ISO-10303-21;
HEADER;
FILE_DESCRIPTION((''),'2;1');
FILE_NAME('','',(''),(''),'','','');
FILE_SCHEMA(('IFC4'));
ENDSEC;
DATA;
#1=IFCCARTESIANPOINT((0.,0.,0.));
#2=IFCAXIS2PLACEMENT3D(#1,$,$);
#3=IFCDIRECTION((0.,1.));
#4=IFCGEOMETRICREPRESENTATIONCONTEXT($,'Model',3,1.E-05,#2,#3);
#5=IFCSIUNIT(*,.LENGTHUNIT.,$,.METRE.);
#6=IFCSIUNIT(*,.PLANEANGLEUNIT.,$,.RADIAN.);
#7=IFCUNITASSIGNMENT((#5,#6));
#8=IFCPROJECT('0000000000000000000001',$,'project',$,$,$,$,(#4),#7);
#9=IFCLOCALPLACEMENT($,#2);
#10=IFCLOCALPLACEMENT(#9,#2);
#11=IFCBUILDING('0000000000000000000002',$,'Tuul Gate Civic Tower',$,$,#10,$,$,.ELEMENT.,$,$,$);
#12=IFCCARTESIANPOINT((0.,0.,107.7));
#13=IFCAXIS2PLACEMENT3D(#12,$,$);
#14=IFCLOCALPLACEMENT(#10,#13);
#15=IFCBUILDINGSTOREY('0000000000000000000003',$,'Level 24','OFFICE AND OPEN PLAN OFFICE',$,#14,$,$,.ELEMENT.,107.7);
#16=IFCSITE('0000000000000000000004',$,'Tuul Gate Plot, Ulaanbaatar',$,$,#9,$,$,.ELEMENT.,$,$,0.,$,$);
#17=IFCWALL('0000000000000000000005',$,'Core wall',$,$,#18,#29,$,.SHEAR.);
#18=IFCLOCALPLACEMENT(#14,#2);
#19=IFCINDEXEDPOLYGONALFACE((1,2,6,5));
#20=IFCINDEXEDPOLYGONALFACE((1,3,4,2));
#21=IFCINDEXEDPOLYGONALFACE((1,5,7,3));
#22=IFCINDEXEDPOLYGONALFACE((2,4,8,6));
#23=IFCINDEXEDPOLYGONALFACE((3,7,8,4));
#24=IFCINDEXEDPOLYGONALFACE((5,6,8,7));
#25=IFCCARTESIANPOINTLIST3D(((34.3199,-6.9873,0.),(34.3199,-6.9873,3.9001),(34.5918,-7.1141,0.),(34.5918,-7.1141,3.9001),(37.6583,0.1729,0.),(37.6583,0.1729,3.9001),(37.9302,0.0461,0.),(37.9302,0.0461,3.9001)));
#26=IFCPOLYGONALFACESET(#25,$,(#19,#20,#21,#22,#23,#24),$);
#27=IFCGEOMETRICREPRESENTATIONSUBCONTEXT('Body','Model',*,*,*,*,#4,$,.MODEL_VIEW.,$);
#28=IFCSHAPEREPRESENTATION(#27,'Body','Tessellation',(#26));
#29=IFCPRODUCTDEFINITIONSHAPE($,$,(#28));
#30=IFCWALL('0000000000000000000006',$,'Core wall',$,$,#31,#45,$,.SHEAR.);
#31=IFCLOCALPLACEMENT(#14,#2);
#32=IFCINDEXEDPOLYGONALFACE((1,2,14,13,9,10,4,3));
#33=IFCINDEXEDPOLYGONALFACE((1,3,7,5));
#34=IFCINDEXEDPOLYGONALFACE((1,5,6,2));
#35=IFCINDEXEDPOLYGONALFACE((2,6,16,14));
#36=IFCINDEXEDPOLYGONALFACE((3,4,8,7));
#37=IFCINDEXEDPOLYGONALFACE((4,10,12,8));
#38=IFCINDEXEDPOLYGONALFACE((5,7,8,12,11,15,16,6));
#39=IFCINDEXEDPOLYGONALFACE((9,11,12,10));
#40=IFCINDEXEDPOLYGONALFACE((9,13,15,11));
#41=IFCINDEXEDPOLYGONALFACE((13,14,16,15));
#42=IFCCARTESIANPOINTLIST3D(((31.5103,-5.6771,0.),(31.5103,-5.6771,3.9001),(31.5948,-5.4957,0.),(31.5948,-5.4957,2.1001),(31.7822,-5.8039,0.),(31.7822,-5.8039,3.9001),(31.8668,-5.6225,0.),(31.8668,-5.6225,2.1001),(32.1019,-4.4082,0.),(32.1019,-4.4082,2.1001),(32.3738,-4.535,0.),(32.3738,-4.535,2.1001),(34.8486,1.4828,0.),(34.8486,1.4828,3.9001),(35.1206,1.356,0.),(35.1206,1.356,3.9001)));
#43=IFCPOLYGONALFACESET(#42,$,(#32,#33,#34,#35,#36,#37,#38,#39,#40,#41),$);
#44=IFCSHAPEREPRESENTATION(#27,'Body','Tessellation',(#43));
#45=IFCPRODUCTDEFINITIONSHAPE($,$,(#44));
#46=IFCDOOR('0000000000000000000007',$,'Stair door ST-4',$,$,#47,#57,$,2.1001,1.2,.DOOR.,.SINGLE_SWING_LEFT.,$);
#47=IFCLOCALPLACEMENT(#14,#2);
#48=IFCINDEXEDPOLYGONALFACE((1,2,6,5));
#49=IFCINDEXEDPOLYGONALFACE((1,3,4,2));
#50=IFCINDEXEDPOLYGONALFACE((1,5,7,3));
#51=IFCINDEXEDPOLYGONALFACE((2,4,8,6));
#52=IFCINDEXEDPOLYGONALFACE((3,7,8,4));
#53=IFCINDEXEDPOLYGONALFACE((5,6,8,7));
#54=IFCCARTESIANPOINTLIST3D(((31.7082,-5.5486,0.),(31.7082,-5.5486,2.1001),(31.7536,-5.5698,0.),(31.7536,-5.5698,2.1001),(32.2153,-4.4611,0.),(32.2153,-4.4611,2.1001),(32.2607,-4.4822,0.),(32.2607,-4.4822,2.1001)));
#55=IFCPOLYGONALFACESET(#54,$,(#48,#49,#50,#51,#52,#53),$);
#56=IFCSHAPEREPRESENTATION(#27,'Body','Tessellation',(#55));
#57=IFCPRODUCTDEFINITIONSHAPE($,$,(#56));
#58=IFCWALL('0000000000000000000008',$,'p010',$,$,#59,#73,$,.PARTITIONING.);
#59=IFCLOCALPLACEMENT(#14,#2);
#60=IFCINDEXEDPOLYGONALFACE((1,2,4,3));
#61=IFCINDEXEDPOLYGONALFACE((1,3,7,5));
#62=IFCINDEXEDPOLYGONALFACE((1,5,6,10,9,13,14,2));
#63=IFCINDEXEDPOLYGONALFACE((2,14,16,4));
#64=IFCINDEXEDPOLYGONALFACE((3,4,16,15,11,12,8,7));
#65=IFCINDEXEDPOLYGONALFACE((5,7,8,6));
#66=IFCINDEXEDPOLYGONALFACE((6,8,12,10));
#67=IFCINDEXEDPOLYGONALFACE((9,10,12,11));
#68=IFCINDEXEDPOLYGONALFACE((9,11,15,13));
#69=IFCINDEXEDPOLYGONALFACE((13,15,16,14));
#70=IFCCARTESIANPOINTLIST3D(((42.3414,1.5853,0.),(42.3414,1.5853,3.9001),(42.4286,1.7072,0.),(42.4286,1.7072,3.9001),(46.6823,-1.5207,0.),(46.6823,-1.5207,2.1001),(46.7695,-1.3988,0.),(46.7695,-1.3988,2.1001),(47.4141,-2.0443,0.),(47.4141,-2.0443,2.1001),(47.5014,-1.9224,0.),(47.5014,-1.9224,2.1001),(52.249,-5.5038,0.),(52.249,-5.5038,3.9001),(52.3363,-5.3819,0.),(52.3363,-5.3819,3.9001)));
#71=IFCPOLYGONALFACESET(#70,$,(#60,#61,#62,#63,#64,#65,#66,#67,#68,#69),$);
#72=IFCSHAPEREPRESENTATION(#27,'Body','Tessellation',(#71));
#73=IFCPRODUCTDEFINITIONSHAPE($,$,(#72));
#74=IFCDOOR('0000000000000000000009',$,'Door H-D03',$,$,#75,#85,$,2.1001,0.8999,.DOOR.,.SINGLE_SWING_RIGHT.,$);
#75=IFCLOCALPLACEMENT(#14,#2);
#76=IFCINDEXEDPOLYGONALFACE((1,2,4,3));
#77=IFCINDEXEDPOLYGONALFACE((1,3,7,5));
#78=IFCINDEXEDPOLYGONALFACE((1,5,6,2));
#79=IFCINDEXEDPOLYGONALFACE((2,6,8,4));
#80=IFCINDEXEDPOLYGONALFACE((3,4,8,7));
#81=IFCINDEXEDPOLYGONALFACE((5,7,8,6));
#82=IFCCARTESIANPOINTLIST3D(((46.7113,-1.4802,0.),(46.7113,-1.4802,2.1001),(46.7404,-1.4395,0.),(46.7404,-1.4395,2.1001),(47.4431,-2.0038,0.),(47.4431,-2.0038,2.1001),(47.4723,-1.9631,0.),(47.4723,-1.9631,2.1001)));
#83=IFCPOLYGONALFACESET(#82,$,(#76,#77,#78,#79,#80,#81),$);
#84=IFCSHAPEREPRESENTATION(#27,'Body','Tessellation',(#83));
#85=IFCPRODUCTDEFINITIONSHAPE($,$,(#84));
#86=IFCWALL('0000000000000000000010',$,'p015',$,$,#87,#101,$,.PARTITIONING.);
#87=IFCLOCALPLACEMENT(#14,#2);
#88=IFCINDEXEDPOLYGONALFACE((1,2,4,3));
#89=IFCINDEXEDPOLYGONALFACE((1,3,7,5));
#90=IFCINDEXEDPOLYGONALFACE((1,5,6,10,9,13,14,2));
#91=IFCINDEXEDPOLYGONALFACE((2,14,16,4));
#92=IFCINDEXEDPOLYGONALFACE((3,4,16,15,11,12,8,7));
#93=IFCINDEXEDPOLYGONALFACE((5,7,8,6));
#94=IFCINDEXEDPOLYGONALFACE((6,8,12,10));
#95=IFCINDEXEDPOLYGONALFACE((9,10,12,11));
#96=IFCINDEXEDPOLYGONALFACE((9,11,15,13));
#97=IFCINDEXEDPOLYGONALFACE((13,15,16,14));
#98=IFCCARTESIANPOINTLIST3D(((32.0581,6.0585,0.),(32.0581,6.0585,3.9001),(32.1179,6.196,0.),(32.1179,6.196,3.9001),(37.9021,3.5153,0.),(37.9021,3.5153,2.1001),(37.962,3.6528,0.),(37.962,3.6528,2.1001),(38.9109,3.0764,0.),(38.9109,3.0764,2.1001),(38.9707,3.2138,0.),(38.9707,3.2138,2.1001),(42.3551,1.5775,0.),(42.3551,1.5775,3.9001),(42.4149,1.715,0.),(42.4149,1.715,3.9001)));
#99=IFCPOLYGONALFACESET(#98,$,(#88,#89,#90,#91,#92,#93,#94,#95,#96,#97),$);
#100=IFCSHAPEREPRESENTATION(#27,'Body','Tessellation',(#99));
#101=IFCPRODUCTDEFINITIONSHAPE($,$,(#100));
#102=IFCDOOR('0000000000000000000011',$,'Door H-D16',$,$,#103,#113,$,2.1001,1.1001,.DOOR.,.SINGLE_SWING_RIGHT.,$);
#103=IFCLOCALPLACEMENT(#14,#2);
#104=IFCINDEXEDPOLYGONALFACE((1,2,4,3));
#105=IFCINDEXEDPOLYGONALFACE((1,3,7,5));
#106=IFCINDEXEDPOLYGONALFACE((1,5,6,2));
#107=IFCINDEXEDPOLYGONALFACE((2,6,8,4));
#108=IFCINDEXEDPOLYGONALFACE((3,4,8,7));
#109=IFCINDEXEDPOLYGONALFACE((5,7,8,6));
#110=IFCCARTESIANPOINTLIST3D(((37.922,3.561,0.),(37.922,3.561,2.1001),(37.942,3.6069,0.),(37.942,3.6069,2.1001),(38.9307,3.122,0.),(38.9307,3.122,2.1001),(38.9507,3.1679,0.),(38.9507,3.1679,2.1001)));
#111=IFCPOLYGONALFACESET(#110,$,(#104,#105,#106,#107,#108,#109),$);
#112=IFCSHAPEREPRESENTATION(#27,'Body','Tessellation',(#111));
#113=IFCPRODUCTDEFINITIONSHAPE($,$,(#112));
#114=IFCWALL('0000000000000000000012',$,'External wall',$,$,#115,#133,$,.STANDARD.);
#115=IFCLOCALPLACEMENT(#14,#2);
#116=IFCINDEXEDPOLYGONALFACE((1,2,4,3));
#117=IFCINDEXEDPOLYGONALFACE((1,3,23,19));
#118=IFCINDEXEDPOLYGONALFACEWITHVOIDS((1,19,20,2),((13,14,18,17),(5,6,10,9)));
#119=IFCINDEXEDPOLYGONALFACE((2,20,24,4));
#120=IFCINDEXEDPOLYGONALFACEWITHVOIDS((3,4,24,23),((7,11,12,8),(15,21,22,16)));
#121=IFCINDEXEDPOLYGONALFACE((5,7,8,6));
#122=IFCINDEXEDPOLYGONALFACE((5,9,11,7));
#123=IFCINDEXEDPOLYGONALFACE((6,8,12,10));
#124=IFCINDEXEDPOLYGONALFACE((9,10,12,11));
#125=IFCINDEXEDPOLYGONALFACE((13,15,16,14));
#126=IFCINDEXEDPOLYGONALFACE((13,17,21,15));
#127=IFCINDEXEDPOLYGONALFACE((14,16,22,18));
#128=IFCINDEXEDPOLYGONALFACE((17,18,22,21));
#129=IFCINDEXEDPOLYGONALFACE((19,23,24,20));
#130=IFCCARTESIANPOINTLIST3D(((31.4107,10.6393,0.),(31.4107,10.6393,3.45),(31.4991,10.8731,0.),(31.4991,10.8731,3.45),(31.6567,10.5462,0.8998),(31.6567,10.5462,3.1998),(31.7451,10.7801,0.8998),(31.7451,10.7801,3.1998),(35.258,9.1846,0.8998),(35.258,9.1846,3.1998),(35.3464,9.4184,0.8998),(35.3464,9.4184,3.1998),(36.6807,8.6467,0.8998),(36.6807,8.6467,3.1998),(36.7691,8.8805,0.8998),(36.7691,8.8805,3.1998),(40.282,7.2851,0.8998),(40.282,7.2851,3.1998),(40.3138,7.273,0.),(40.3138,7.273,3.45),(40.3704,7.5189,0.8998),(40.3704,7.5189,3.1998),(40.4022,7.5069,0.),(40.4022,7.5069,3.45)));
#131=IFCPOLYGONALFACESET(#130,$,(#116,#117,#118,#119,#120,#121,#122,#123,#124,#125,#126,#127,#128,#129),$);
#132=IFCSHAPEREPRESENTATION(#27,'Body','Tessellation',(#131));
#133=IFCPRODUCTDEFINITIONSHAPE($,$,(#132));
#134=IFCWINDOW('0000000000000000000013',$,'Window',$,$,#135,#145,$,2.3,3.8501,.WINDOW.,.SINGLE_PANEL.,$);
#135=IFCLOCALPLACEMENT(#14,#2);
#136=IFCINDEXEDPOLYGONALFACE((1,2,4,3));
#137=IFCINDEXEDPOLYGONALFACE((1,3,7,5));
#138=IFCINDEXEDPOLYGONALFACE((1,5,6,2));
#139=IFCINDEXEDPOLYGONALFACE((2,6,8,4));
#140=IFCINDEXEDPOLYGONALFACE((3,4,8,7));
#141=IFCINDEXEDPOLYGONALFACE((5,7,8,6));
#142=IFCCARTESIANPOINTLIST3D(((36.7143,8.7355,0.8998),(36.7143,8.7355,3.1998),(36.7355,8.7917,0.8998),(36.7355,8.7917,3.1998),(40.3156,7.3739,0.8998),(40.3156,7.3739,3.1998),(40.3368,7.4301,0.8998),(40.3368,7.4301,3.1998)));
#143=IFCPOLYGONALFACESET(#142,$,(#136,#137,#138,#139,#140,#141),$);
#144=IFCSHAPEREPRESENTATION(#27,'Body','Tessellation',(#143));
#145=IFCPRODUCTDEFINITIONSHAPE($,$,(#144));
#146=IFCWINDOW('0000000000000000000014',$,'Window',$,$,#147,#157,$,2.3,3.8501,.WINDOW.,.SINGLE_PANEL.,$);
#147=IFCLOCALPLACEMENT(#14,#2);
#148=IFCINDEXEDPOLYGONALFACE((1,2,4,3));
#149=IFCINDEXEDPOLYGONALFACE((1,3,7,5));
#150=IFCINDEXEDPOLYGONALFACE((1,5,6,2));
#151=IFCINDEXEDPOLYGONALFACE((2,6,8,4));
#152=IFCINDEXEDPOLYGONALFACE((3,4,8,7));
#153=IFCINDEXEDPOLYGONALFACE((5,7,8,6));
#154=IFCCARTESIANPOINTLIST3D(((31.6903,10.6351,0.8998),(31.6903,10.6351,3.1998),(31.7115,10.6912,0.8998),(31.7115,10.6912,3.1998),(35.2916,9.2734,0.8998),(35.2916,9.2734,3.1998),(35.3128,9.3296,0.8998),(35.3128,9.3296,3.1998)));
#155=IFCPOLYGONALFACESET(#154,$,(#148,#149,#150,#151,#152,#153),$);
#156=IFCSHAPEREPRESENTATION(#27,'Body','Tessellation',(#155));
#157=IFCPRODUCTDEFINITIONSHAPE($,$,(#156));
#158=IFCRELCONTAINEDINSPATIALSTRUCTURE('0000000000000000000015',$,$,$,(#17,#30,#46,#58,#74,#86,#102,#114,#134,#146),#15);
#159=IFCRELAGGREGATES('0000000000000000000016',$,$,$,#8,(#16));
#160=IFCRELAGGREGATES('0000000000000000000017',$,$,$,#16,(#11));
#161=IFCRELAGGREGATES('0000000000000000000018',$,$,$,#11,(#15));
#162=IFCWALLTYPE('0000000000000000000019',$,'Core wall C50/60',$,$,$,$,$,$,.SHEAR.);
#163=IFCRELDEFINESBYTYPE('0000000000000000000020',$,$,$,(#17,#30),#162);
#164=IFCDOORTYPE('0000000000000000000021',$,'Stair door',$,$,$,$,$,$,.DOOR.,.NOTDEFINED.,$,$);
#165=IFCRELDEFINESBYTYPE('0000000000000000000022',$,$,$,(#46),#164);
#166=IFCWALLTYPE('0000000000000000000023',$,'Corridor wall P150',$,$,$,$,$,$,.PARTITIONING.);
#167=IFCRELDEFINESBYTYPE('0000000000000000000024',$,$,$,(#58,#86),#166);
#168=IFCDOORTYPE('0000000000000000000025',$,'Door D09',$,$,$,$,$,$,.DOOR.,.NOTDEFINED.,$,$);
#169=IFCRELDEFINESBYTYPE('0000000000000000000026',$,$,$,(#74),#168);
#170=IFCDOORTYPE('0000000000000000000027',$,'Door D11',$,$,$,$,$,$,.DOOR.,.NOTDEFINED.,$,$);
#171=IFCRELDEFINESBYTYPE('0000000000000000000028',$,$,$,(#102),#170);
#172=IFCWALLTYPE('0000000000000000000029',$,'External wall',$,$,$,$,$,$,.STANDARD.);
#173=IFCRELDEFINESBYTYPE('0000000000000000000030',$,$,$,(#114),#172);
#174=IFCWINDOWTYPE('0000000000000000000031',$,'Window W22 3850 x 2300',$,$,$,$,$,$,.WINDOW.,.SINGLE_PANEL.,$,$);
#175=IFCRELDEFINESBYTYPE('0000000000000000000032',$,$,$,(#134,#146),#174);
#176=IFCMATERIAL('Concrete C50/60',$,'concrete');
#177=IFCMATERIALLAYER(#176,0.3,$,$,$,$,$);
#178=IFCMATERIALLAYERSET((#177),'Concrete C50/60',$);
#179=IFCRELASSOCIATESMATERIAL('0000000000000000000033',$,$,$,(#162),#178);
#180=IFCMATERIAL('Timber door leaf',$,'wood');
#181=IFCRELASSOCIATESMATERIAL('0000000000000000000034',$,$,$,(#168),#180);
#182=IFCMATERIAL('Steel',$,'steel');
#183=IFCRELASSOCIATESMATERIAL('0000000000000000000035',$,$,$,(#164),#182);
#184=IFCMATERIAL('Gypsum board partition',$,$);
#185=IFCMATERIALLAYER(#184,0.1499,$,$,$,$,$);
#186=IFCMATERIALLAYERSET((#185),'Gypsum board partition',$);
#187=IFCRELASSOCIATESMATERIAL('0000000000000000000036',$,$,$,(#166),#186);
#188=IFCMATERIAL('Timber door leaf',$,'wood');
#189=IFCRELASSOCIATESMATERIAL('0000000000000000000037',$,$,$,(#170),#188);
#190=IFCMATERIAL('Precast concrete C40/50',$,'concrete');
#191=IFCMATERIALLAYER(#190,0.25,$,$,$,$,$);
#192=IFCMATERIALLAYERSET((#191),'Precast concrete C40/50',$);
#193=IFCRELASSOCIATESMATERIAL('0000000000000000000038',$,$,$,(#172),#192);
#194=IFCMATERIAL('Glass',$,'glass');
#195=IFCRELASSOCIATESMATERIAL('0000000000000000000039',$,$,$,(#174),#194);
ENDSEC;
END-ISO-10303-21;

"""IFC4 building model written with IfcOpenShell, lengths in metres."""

from ifc_helpers import new_model, si_unit, direction, frame, frame_2d, origin, place, context, subcontext, project, spatial, rectangle, extrude, material, layer, layer_set, type_object, element, fill, save


model = new_model("IFC4")

# Units and contexts
model_context = context("Model", 3, precision=1e-05, world=origin(), true_north=direction((0.0, 1.0)))
body_context = subcontext(model_context, "Body", "Model", "MODEL_VIEW")
ifc_project = project(units=[si_unit("LENGTHUNIT", "METRE"), si_unit("PLANEANGLEUNIT", "RADIAN")], contexts=[model_context])

# Site, building, storey
site_placement = place(None, origin())
site = spatial("IfcSite", under=ifc_project, at=site_placement, Name="Tuul Gate Plot, Ulaanbaatar", CompositionType="ELEMENT", RefElevation=0.0)
building_placement = place(site_placement, origin())
building = spatial("IfcBuilding", under=site, at=building_placement, Name="Tuul Gate Civic Tower", CompositionType="ELEMENT")
storey_placement = place(building_placement, frame((0.0, 0.0, 107.7)))
storey = spatial("IfcBuildingStorey", under=building, at=storey_placement, Name="Level 24", Description="OFFICE AND OPEN PLAN OFFICE", CompositionType="ELEMENT", Elevation=107.7)

# Shared definitions
ifc_material_1 = material(Name="Concrete C50/60", Category="concrete")
ifc_layer_1 = layer(ifc_material_1, 0.3)
ifc_layer_set_1 = layer_set([ifc_layer_1], Name="Concrete C50/60")
wall_type_1 = type_object("IfcWallType", Name="Core wall C50/60", PredefinedType="SHEAR", material=ifc_layer_set_1)

# Shared definitions
ifc_material_2 = material(Name="Timber door leaf", Category="wood")
door_type_1 = type_object("IfcDoorType", Name="Door D09", OperationType="NOTDEFINED", PredefinedType="DOOR", material=ifc_material_2)

# Wall
wall_1_placement = place(storey_placement, frame((34.4558, -7.0508, 0.0), z_axis=(0.0, 0.0, 1.0), x_axis=(0.422571, 0.90633, 0.0)))
element("IfcWall", 1, at=wall_1_placement, inside=storey, type_object=wall_type_1, Name="Core wall", PredefinedType="SHEAR", context=body_context, shape_type="SweptSolid", body=[
    extrude(rectangle(XDim=7.9001, YDim=0.3, at=frame_2d((3.9502, 0.0))), origin(), (0.0, 0.0, 1.0), 3.9001),
])

# Walls, openings, doors
wall_2_placement = place(storey_placement, frame((31.6462, -5.7405, 0.0), z_axis=(0.0, 0.0, 1.0), x_axis=(0.422583, 0.906324, 0.0)))
wall_2 = element("IfcWall", 2, at=wall_2_placement, inside=storey, type_object=wall_type_1, Name="Core wall", PredefinedType="SHEAR", context=body_context, shape_type="SweptSolid", body=[
    extrude(rectangle(XDim=7.8999, YDim=0.3, at=frame_2d((3.95, 0.0))), origin(), (0.0, 0.0, 1.0), 3.9001),
])
opening_1_placement = place(wall_2_placement, frame((0.2, 0.0, 0.0)))
opening_1 = element("IfcOpeningElement", 3, at=opening_1_placement, cuts=wall_2, PredefinedType="OPENING", context=body_context, shape_type="SweptSolid", body=[
    extrude(rectangle(XDim=1.2, YDim=2.1001, at=frame_2d((0.6001, 1.05))), frame((0.0, 0.1602, 0.0), z_axis=(0.0, -1.0, 0.0), x_axis=(1.0, 0.0, 0.0)), (0.0, 0.0, 1.0), 0.3201),
])
ifc_material_3 = material(Name="Steel", Category="steel")
door_type_2 = type_object("IfcDoorType", Name="Stair door", OperationType="NOTDEFINED", PredefinedType="DOOR", material=ifc_material_3)
door_1_placement = place(opening_1_placement, origin())
door_1 = element("IfcDoor", 4, at=door_1_placement, inside=storey, type_object=door_type_2, Name="Stair door ST-4", OperationType="SINGLE_SWING_LEFT", OverallHeight=2.1001, OverallWidth=1.2, PredefinedType="DOOR", context=body_context, shape_type="SweptSolid", body=[
    extrude(rectangle(XDim=1.2, YDim=2.1001, at=frame_2d((0.6001, 1.05))), frame((0.0, 0.0249, 0.0), z_axis=(0.0, -1.0, 0.0), x_axis=(1.0, 0.0, 0.0)), (0.0, 0.0, 1.0), 0.05),
])
fill(opening_1, door_1)
ifc_material_4 = material(Name="Gypsum board partition")
ifc_layer_2 = layer(ifc_material_4, 0.1499)
ifc_layer_set_2 = layer_set([ifc_layer_2], Name="Gypsum board partition")
wall_type_2 = type_object("IfcWallType", Name="Corridor wall P150", PredefinedType="PARTITIONING", material=ifc_layer_set_2)
wall_3_placement = place(storey_placement, frame((42.385, 1.6462, 0.0), z_axis=(0.0, 0.0, 1.0), x_axis=(0.813261, -0.5819, 0.0)))
wall_3 = element("IfcWall", 5, at=wall_3_placement, inside=storey, type_object=wall_type_2, Name="p010", PredefinedType="PARTITIONING", context=body_context, shape_type="SweptSolid", body=[
    extrude(rectangle(XDim=12.1826, YDim=0.1499, at=frame_2d((6.0913, 0.0))), origin(), (0.0, 0.0, 1.0), 3.9001),
])
opening_2_placement = place(wall_3_placement, frame((5.3376, 0.0, 0.0)))
opening_2 = element("IfcOpeningElement", 6, at=opening_2_placement, cuts=wall_3, PredefinedType="OPENING", context=body_context, shape_type="SweptSolid", body=[
    extrude(rectangle(XDim=0.8999, YDim=2.1001, at=frame_2d((0.45, 1.05))), frame((0.0, 0.085, 0.0), z_axis=(0.0, -1.0, 0.0), x_axis=(1.0, 0.0, 0.0)), (0.0, 0.0, 1.0), 0.1699),
])
door_2_placement = place(opening_2_placement, origin())
door_2 = element("IfcDoor", 7, at=door_2_placement, inside=storey, type_object=door_type_1, Name="Door H-D03", OperationType="SINGLE_SWING_RIGHT", OverallHeight=2.1001, OverallWidth=0.8999, PredefinedType="DOOR", context=body_context, shape_type="SweptSolid", body=[
    extrude(rectangle(XDim=0.8999, YDim=2.1001, at=frame_2d((0.45, 1.05))), frame((0.0, 0.0249, 0.0), z_axis=(0.0, -1.0, 0.0), x_axis=(1.0, 0.0, 0.0)), (0.0, 0.0, 1.0), 0.05),
])
fill(opening_2, door_2)
wall_4_placement = place(storey_placement, frame((32.0881, 6.1272, 0.0), z_axis=(0.0, 0.0, 1.0), x_axis=(0.916938, -0.39903, 0.0)))
wall_4 = element("IfcWall", 8, at=wall_4_placement, inside=storey, type_object=wall_type_2, Name="p015", PredefinedType="PARTITIONING", context=body_context, shape_type="SweptSolid", body=[
    extrude(rectangle(XDim=11.2297, YDim=0.1499, at=frame_2d((5.6147, 0.0))), origin(), (0.0, 0.0, 1.0), 3.9001),
])
opening_3_placement = place(wall_4_placement, frame((6.3733, 0.0, 0.0)))
opening_3 = element("IfcOpeningElement", 9, at=opening_3_placement, cuts=wall_4, PredefinedType="OPENING", context=body_context, shape_type="SweptSolid", body=[
    extrude(rectangle(XDim=1.1001, YDim=2.1001, at=frame_2d((0.55, 1.05))), frame((0.0, 0.085, 0.0), z_axis=(0.0, -1.0, 0.0), x_axis=(1.0, 0.0, 0.0)), (0.0, 0.0, 1.0), 0.1699),
])
ifc_material_5 = material(Name="Timber door leaf", Category="wood")
door_type_3 = type_object("IfcDoorType", Name="Door D11", OperationType="NOTDEFINED", PredefinedType="DOOR", material=ifc_material_5)
door_3_placement = place(opening_3_placement, origin())
door_3 = element("IfcDoor", 10, at=door_3_placement, inside=storey, type_object=door_type_3, Name="Door H-D16", OperationType="SINGLE_SWING_RIGHT", OverallHeight=2.1001, OverallWidth=1.1001, PredefinedType="DOOR", context=body_context, shape_type="SweptSolid", body=[
    extrude(rectangle(XDim=1.1001, YDim=2.1001, at=frame_2d((0.55, 1.05))), frame((0.0, 0.0249, 0.0), z_axis=(0.0, -1.0, 0.0), x_axis=(1.0, 0.0, 0.0)), (0.0, 0.0, 1.0), 0.05),
])
fill(opening_3, door_3)

# Wall, openings, windows
ifc_material_6 = material(Name="Precast concrete C40/50", Category="concrete")
ifc_layer_3 = layer(ifc_material_6, 0.25)
ifc_layer_set_3 = layer_set([ifc_layer_3], Name="Precast concrete C40/50")
wall_type_3 = type_object("IfcWallType", Name="External wall", PredefinedType="STANDARD", material=ifc_layer_set_3)
wall_5_placement = place(storey_placement, frame((40.3582, 7.3899, 0.0), z_axis=(0.0, 0.0, 1.0), x_axis=(-0.935374, 0.35366, 0.0)))
wall_5 = element("IfcWall", 11, at=wall_5_placement, inside=storey, type_object=wall_type_3, Name="External wall", PredefinedType="STANDARD", context=body_context, shape_type="SweptSolid", body=[
    extrude(rectangle(XDim=9.5183, YDim=0.25, at=frame_2d((4.7593, 0.0))), origin(), (0.0, 0.0, 1.0), 3.45),
])
opening_4_placement = place(wall_5_placement, frame((0.0342, 0.0, 0.8999)))
opening_4 = element("IfcOpeningElement", 12, at=opening_4_placement, cuts=wall_5, PredefinedType="OPENING", context=body_context, shape_type="SweptSolid", body=[
    extrude(rectangle(XDim=3.8501, YDim=2.3, at=frame_2d((1.925, 1.1499))), frame((0.0, 0.135, 0.0), z_axis=(0.0, -1.0, 0.0), x_axis=(1.0, 0.0, 0.0)), (0.0, 0.0, 1.0), 0.27),
])
opening_5_placement = place(wall_5_placement, frame((5.4053, 0.0, 0.8999)))
opening_5 = element("IfcOpeningElement", 13, at=opening_5_placement, cuts=wall_5, PredefinedType="OPENING", context=body_context, shape_type="SweptSolid", body=[
    extrude(rectangle(XDim=3.8501, YDim=2.3, at=frame_2d((1.925, 1.1499))), frame((0.0, 0.135, 0.0), z_axis=(0.0, -1.0, 0.0), x_axis=(1.0, 0.0, 0.0)), (0.0, 0.0, 1.0), 0.27),
])
ifc_material_7 = material(Name="Glass", Category="glass")
window_type = type_object("IfcWindowType", Name="Window W22 3850 x 2300", PartitioningType="SINGLE_PANEL", PredefinedType="WINDOW", material=ifc_material_7)
window_1_placement = place(opening_4_placement, origin())
window_1 = element("IfcWindow", 14, at=window_1_placement, inside=storey, type_object=window_type, Name="Window", OverallHeight=2.3, OverallWidth=3.8501, PartitioningType="SINGLE_PANEL", PredefinedType="WINDOW", context=body_context, shape_type="SweptSolid", body=[
    extrude(rectangle(XDim=3.8501, YDim=2.3, at=frame_2d((1.925, 1.1499))), frame((0.0, 0.03, 0.0), z_axis=(0.0, -1.0, 0.0), x_axis=(1.0, 0.0, 0.0)), (0.0, 0.0, 1.0), 0.0601),
])
fill(opening_4, window_1)
window_2_placement = place(opening_5_placement, origin())
window_2 = element("IfcWindow", 15, at=window_2_placement, inside=storey, type_object=window_type, Name="Window", OverallHeight=2.3, OverallWidth=3.8501, PartitioningType="SINGLE_PANEL", PredefinedType="WINDOW", context=body_context, shape_type="SweptSolid", body=[
    extrude(rectangle(XDim=3.8501, YDim=2.3, at=frame_2d((1.925, 1.1499))), frame((0.0, 0.03, 0.0), z_axis=(0.0, -1.0, 0.0), x_axis=(1.0, 0.0, 0.0)), (0.0, 0.0, 1.0), 0.0601),
])
fill(opening_5, window_2)

save(model, "model.ifc")
